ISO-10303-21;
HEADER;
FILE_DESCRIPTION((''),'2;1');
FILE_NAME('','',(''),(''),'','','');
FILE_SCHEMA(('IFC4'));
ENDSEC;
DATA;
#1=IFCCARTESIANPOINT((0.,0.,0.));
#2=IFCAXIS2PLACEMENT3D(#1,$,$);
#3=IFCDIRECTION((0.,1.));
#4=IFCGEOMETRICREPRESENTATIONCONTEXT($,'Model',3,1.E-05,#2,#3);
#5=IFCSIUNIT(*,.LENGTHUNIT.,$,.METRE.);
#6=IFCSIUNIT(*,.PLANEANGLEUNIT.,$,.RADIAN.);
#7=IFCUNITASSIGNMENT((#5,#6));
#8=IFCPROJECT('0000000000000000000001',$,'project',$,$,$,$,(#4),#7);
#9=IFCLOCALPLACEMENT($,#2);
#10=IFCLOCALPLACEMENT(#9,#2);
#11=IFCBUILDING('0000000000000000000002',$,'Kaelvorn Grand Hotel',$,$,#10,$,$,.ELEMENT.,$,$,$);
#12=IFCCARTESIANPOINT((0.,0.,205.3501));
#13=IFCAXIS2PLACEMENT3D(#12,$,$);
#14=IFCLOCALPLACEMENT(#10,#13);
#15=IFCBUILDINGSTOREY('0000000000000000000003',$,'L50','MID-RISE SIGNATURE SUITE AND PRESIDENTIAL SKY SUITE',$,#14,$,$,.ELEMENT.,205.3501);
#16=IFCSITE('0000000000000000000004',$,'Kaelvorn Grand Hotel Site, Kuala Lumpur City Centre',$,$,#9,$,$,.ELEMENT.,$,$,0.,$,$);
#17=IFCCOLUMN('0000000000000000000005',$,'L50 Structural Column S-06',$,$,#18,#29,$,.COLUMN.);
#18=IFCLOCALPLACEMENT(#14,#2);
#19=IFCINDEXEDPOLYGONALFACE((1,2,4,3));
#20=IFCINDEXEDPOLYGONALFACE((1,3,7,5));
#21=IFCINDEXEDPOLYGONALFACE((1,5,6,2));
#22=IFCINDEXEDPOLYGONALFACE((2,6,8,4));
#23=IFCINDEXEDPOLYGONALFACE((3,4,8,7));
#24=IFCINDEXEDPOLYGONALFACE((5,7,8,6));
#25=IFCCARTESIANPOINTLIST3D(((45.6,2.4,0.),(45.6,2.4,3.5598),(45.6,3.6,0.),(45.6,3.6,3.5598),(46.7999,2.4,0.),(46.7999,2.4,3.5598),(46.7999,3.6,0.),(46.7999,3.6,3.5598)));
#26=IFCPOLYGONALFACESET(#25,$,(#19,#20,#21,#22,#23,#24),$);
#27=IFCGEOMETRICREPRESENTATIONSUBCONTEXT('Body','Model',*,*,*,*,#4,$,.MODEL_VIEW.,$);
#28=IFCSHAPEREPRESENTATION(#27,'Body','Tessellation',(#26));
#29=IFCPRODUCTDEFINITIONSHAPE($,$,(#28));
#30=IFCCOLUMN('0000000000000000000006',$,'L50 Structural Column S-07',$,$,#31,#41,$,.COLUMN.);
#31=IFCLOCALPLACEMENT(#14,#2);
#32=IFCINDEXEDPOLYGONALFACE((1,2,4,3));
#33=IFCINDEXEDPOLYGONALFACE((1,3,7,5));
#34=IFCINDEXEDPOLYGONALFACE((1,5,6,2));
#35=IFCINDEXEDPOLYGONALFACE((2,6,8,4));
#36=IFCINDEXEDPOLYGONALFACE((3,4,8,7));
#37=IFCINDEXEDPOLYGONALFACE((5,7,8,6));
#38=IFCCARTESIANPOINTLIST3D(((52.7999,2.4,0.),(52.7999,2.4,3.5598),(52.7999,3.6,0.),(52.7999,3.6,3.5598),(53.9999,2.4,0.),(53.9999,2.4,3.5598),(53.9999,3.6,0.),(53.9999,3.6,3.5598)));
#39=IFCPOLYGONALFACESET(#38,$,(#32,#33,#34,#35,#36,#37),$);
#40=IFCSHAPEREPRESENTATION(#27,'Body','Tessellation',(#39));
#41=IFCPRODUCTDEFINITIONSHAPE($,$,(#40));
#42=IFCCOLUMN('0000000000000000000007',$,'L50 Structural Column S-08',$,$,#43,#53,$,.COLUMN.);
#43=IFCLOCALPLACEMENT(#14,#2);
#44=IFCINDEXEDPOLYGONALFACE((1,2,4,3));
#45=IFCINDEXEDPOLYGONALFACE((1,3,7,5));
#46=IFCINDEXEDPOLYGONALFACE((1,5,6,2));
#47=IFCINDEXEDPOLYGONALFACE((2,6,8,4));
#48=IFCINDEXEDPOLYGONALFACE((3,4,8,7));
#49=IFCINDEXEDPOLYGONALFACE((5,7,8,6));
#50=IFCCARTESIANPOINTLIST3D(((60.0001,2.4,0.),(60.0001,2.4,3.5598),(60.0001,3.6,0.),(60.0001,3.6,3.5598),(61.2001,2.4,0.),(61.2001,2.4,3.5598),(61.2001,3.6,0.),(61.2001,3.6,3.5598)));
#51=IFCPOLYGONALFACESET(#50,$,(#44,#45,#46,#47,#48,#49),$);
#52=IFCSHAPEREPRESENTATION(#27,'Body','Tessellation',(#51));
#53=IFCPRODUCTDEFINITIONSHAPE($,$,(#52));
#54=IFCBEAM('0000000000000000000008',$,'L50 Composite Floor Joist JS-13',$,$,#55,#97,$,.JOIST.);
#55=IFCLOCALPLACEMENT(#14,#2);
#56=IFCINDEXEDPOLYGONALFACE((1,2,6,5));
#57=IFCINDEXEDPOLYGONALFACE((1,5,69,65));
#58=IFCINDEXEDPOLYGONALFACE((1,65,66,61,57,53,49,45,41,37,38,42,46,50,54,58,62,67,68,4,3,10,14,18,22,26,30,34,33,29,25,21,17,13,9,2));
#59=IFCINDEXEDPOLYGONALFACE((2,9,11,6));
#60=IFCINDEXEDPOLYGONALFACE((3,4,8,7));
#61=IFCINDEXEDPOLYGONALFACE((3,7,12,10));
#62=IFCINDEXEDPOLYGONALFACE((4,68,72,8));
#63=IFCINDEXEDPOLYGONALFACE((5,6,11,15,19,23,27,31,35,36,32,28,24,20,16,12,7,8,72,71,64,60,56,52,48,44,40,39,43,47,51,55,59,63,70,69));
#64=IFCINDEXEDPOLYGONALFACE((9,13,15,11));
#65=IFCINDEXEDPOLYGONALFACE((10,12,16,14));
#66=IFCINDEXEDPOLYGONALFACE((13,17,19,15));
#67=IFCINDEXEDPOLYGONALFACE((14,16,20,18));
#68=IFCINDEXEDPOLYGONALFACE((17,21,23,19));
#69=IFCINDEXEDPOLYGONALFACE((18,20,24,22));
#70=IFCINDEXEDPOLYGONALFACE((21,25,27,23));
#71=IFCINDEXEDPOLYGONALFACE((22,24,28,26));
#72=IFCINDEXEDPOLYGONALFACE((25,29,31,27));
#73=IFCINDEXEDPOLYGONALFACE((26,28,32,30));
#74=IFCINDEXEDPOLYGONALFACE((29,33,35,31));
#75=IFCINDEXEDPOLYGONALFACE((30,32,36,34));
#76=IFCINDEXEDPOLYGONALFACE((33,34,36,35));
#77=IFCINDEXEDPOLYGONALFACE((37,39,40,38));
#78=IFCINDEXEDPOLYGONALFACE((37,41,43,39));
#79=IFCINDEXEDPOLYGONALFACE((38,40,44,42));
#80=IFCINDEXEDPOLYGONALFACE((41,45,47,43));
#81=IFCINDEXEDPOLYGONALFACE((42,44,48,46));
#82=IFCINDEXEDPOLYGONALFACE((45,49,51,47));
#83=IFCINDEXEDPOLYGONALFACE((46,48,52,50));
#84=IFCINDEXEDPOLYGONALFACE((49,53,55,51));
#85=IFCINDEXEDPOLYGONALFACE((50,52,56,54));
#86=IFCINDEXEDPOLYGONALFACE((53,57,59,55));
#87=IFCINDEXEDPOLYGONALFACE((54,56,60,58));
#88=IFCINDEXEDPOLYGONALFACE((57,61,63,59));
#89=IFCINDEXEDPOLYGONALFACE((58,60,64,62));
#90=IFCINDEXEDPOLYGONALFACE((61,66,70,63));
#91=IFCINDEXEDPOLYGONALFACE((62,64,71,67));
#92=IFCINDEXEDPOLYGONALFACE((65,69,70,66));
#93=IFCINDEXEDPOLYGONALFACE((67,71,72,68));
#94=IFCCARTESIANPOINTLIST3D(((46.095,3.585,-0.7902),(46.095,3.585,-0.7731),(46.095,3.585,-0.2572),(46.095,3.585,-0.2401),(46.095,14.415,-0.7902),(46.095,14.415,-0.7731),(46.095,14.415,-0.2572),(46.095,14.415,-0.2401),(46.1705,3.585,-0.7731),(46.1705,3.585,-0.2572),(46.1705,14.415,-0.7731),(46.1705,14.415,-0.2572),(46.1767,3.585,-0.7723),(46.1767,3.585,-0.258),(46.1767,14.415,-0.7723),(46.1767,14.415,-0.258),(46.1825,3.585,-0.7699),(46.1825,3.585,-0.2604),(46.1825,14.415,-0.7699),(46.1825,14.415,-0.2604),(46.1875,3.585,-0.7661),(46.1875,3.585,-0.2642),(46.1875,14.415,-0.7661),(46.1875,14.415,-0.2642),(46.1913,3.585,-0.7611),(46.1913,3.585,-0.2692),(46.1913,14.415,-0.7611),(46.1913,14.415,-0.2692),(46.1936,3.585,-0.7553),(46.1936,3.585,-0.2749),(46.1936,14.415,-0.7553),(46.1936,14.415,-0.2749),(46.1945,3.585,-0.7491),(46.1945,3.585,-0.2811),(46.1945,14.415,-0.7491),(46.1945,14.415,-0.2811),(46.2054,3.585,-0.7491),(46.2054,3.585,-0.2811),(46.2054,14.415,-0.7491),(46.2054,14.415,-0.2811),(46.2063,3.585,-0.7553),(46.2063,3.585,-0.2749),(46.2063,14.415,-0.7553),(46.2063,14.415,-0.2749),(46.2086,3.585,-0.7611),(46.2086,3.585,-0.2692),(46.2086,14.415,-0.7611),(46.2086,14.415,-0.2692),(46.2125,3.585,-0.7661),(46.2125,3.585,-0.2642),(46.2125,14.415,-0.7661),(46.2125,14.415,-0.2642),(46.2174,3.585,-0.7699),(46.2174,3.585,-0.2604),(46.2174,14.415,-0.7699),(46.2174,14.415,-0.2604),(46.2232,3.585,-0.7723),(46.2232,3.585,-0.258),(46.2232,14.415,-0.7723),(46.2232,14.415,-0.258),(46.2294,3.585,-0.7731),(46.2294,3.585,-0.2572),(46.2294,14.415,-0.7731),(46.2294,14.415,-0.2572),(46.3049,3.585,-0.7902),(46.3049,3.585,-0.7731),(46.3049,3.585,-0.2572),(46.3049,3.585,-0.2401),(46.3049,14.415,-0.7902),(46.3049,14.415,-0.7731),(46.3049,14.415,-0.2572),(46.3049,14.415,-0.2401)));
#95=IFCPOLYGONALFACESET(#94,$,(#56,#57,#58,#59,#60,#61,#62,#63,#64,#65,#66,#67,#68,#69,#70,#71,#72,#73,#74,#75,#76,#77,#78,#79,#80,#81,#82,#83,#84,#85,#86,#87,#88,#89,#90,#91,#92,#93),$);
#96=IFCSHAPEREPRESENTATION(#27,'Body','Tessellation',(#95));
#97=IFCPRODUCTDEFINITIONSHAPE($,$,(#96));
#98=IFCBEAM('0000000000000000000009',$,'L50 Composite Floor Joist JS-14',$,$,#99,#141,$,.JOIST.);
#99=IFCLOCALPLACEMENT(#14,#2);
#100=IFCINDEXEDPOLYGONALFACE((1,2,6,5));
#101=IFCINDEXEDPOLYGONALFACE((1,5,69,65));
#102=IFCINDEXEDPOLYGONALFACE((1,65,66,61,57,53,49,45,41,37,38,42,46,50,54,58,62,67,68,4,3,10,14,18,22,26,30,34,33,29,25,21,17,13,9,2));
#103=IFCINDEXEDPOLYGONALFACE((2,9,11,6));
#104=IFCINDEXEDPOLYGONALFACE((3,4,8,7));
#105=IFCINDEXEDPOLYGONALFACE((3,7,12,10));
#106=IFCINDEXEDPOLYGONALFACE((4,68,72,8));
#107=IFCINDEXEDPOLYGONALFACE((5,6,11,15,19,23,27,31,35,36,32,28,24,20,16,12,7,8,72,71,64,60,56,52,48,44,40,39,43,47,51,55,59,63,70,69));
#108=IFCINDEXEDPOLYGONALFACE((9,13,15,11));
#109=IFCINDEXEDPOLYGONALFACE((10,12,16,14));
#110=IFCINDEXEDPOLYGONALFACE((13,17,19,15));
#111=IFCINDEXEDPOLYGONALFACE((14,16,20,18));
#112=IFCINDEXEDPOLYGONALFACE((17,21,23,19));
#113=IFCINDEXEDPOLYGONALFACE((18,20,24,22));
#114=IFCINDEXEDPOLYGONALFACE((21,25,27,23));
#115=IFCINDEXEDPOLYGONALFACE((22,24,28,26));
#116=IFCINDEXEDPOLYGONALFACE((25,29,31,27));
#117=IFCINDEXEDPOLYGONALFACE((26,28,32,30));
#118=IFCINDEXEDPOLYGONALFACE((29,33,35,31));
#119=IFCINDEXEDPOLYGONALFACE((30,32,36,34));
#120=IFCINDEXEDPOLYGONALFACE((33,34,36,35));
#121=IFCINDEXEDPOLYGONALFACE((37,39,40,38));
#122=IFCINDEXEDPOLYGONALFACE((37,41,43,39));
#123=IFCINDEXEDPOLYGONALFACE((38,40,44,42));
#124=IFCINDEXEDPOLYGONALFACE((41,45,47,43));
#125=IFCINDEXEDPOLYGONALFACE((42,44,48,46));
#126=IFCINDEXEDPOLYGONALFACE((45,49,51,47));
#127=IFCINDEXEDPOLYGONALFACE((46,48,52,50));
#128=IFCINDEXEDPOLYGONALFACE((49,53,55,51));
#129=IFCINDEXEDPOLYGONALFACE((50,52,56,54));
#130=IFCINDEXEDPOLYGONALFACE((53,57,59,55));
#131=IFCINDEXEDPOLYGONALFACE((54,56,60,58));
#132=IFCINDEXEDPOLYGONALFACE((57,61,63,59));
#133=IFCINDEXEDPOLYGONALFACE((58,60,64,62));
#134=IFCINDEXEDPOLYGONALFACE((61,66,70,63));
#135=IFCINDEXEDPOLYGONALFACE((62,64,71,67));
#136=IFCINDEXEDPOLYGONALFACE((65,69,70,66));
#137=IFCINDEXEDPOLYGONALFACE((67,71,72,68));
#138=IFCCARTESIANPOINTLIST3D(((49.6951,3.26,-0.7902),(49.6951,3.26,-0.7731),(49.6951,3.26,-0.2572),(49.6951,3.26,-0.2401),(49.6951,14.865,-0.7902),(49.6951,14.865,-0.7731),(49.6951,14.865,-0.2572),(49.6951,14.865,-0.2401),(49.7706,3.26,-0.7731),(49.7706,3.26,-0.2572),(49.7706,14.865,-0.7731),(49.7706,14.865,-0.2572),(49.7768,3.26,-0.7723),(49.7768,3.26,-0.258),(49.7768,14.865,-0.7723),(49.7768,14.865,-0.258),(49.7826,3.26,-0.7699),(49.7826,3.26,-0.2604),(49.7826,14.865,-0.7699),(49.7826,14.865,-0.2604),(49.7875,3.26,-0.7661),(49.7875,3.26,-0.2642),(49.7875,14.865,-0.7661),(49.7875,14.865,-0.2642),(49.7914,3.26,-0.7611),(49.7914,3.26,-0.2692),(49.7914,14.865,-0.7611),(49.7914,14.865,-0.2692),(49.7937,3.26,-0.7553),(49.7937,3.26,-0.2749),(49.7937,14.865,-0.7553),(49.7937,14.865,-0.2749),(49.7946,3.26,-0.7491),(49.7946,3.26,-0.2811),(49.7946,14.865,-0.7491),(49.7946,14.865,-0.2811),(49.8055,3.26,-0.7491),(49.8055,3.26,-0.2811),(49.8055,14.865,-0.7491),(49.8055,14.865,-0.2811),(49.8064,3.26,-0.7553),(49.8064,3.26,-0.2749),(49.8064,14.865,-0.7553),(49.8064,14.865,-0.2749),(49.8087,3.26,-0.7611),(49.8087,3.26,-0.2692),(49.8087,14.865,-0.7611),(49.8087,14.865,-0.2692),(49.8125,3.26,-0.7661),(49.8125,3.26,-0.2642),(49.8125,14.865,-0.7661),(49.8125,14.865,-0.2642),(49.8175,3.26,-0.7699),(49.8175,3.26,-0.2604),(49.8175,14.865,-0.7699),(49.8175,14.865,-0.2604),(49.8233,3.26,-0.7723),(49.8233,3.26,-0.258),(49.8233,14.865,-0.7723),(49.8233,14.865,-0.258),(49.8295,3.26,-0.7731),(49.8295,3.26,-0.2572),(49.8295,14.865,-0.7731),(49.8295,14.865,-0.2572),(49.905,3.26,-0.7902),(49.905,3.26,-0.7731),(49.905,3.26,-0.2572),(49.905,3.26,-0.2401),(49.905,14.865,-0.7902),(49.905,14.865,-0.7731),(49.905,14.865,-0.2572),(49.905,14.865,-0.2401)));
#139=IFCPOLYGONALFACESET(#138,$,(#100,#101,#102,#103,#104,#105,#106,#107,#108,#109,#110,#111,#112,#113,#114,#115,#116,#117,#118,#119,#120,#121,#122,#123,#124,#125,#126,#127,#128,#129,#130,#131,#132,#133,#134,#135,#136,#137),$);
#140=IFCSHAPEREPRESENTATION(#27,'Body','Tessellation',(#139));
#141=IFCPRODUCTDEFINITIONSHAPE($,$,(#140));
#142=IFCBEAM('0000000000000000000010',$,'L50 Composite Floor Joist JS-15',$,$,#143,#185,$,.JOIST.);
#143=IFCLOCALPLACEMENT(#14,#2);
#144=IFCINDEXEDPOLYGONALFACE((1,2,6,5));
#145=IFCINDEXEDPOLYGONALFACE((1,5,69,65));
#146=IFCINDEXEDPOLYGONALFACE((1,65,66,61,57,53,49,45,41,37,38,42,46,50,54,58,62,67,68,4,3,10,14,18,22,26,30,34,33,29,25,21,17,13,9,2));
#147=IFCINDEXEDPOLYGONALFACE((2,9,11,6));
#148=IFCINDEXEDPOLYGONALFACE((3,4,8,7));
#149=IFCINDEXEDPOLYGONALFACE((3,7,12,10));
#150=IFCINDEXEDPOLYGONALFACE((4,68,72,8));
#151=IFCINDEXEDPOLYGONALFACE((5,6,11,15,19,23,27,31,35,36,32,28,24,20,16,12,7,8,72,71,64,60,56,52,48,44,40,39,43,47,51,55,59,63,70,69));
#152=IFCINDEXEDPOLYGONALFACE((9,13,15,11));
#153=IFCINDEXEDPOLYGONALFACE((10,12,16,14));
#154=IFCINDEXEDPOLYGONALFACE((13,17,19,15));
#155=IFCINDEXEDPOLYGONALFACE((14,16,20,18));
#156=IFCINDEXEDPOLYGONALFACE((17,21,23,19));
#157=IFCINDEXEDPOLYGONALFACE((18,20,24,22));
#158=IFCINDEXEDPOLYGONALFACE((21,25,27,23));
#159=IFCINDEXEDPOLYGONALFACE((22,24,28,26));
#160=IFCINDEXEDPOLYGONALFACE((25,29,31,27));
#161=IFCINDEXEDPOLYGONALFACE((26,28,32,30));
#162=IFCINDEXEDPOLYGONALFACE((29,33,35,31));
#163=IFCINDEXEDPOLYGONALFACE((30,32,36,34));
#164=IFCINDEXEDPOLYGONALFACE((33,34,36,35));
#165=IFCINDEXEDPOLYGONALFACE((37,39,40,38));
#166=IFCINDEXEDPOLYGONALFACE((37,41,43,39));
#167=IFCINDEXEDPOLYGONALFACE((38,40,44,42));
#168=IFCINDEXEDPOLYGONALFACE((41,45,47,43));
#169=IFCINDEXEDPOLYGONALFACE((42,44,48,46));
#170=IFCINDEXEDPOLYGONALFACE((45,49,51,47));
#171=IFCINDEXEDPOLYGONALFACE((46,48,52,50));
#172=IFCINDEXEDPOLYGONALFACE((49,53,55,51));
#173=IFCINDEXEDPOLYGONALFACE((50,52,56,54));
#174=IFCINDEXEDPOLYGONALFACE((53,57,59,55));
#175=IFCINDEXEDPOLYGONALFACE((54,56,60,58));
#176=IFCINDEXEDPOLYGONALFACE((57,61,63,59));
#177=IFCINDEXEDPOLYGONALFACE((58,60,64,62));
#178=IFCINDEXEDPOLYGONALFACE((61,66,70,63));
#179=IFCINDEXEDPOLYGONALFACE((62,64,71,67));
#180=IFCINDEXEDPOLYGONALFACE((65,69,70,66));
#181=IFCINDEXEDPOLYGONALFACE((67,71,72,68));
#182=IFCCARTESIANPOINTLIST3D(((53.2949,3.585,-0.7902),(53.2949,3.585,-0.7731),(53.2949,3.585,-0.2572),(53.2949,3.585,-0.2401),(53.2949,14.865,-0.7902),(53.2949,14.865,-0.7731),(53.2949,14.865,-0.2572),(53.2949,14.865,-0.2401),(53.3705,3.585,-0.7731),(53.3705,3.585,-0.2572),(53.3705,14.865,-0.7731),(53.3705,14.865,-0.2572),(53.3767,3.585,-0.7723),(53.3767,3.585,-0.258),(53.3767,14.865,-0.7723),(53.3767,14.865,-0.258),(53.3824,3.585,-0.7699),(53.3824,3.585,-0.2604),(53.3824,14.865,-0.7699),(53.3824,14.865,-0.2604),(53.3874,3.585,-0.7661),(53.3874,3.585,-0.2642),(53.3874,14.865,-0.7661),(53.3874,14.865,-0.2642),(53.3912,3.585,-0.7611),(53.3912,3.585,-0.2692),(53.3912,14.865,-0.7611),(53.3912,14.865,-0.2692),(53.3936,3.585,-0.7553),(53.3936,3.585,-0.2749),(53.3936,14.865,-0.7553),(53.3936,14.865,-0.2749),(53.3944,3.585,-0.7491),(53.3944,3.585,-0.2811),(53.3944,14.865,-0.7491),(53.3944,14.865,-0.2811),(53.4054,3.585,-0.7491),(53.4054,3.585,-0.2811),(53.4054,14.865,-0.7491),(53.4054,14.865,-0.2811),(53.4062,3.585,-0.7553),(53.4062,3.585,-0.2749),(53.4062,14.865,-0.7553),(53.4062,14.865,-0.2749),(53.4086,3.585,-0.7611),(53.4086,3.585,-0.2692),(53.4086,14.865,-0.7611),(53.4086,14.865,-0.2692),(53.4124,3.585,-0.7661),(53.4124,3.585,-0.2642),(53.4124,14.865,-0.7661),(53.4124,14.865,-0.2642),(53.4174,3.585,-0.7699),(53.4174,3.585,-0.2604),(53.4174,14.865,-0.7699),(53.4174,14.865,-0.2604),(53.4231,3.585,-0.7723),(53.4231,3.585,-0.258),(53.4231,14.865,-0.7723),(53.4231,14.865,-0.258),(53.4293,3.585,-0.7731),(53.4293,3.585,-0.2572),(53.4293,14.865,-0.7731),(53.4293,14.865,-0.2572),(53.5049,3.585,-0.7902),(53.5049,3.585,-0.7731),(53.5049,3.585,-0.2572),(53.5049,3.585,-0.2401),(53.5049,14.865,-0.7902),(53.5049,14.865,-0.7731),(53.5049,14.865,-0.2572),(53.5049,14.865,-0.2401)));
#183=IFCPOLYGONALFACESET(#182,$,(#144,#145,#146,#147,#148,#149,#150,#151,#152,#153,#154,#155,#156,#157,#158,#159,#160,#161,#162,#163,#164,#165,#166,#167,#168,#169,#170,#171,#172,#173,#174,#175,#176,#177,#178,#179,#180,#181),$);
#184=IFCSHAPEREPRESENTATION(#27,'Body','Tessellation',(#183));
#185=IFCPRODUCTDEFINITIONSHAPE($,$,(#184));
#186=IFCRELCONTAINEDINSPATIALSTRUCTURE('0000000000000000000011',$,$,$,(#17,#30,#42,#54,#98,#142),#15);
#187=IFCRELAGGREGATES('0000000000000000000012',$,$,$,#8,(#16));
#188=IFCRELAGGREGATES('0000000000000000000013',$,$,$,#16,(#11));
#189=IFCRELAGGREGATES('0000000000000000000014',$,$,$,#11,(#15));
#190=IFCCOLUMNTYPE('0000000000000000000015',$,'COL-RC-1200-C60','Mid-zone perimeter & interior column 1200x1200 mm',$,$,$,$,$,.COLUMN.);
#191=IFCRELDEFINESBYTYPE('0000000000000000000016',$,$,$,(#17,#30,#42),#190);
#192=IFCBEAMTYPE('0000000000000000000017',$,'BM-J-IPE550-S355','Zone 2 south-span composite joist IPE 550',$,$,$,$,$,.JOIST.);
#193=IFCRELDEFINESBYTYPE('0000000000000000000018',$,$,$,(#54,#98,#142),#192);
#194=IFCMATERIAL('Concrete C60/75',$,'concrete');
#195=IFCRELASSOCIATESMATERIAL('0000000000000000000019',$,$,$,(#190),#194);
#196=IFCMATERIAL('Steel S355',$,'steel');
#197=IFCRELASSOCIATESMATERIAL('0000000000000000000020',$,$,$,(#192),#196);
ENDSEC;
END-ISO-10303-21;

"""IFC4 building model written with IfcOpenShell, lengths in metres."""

from ifc_helpers import new_model, si_unit, direction, frame, origin, origin_2d, place, context, subcontext, project, spatial, rectangle, i_section, extrude, material, material_profile, profile_set, type_object, element, save


model = new_model("IFC4")

# Units and contexts
model_context = context("Model", 3, precision=1e-05, world=origin(), true_north=direction((0.0, 1.0)))
body_context = subcontext(model_context, "Body", "Model", "MODEL_VIEW")
ifc_project = project(units=[si_unit("LENGTHUNIT", "METRE"), si_unit("PLANEANGLEUNIT", "RADIAN")], contexts=[model_context])

# Site, building, storey
site_placement = place(None, origin())
site = spatial("IfcSite", under=ifc_project, at=site_placement, Name="Kaelvorn Grand Hotel Site, Kuala Lumpur City Centre", CompositionType="ELEMENT", RefElevation=0.0)
building_placement = place(site_placement, origin())
building = spatial("IfcBuilding", under=site, at=building_placement, Name="Kaelvorn Grand Hotel", CompositionType="ELEMENT")
storey_placement = place(building_placement, frame((0.0, 0.0, 205.3501)))
storey = spatial("IfcBuildingStorey", under=building, at=storey_placement, Name="L50", Description="MID-RISE SIGNATURE SUITE AND PRESIDENTIAL SKY SUITE", CompositionType="ELEMENT", Elevation=205.3501)

# Columns
ifc_material_1 = material(Name="Concrete C60/75", Category="concrete")
ifc_material_profile_1 = material_profile(ifc_material_1, rectangle(XDim=1.2, YDim=1.2, at=origin_2d()), Name="RC COL 1200x1200")
ifc_profile_set_1 = profile_set([ifc_material_profile_1], Name="Concrete C60/75")
column_type = type_object("IfcColumnType", Name="COL-RC-1200-C60", Description="Mid-zone perimeter & interior column 1200x1200 mm", PredefinedType="COLUMN", material=ifc_profile_set_1)
for number, where, z_axis, x_axis, name in (
    (1, (46.2, 3.0, 0.0), (0.0, 0.0, 1.0), (1.0, 0.0, 0.0), "L50 Structural Column S-06"),
    (2, (53.3999, 3.0, 0.0), (0.0, 0.0, 1.0), (1.0, 0.0, 0.0), "L50 Structural Column S-07"),
    (3, (60.6001, 3.0, 0.0), (0.0, 0.0, 1.0), (1.0, 0.0, 0.0), "L50 Structural Column S-08"),
):
    element("IfcColumn", number, at=place(storey_placement, frame(where, z_axis=z_axis, x_axis=x_axis)), inside=storey, type_object=column_type, Name=name, PredefinedType="COLUMN", context=body_context, shape_type="SweptSolid", body=[
        extrude(rectangle(XDim=1.2, YDim=1.2, at=origin_2d()), origin(), (0.0, 0.0, 1.0), 3.5598),
    ])

# Beams
ifc_material_2 = material(Name="Steel S355", Category="steel")
ifc_material_profile_2 = material_profile(ifc_material_2, i_section(OverallWidth=0.21, OverallDepth=0.55, WebThickness=0.011, FlangeThickness=0.0171, FilletRadius=0.0239, at=origin_2d()), Name="IPE 550")
ifc_profile_set_2 = profile_set([ifc_material_profile_2], Name="Steel S355")
beam_type_1 = type_object("IfcBeamType", Name="BM-J-IPE550-S355", Description="Zone 2 south-span composite joist IPE 550", PredefinedType="JOIST", material=ifc_profile_set_2)
beam_1_placement = place(storey_placement, frame((46.2, 3.585, -0.5151), z_axis=(0.0, 1.0, 0.0), x_axis=(-1.0, 0.0, 0.0)))
element("IfcBeam", 4, at=beam_1_placement, inside=storey, type_object=beam_type_1, Name="L50 Composite Floor Joist JS-13", PredefinedType="JOIST", context=body_context, shape_type="SweptSolid", body=[
    extrude(i_section(OverallWidth=0.21, OverallDepth=0.55, WebThickness=0.011, FlangeThickness=0.0171, FilletRadius=0.0239, at=origin_2d()), origin(), (0.0, 0.0, 1.0), 10.8301),
])
beam_2_placement = place(storey_placement, frame((49.8, 3.26, -0.5151), z_axis=(0.0, 1.0, 0.0), x_axis=(-1.0, 0.0, 0.0)))
element("IfcBeam", 5, at=beam_2_placement, inside=storey, type_object=beam_type_1, Name="L50 Composite Floor Joist JS-14", PredefinedType="JOIST", context=body_context, shape_type="SweptSolid", body=[
    extrude(i_section(OverallWidth=0.21, OverallDepth=0.55, WebThickness=0.011, FlangeThickness=0.0171, FilletRadius=0.0239, at=origin_2d()), origin(), (0.0, 0.0, 1.0), 11.605),
])
beam_3_placement = place(storey_placement, frame((53.3999, 3.585, -0.5151), z_axis=(0.0, 1.0, 0.0), x_axis=(-1.0, 0.0, 0.0)))
element("IfcBeam", 6, at=beam_3_placement, inside=storey, type_object=beam_type_1, Name="L50 Composite Floor Joist JS-15", PredefinedType="JOIST", context=body_context, shape_type="SweptSolid", body=[
    extrude(i_section(OverallWidth=0.21, OverallDepth=0.55, WebThickness=0.011, FlangeThickness=0.0171, FilletRadius=0.0239, at=origin_2d()), origin(), (0.0, 0.0, 1.0), 11.28),
])

save(model, "model.ifc")
